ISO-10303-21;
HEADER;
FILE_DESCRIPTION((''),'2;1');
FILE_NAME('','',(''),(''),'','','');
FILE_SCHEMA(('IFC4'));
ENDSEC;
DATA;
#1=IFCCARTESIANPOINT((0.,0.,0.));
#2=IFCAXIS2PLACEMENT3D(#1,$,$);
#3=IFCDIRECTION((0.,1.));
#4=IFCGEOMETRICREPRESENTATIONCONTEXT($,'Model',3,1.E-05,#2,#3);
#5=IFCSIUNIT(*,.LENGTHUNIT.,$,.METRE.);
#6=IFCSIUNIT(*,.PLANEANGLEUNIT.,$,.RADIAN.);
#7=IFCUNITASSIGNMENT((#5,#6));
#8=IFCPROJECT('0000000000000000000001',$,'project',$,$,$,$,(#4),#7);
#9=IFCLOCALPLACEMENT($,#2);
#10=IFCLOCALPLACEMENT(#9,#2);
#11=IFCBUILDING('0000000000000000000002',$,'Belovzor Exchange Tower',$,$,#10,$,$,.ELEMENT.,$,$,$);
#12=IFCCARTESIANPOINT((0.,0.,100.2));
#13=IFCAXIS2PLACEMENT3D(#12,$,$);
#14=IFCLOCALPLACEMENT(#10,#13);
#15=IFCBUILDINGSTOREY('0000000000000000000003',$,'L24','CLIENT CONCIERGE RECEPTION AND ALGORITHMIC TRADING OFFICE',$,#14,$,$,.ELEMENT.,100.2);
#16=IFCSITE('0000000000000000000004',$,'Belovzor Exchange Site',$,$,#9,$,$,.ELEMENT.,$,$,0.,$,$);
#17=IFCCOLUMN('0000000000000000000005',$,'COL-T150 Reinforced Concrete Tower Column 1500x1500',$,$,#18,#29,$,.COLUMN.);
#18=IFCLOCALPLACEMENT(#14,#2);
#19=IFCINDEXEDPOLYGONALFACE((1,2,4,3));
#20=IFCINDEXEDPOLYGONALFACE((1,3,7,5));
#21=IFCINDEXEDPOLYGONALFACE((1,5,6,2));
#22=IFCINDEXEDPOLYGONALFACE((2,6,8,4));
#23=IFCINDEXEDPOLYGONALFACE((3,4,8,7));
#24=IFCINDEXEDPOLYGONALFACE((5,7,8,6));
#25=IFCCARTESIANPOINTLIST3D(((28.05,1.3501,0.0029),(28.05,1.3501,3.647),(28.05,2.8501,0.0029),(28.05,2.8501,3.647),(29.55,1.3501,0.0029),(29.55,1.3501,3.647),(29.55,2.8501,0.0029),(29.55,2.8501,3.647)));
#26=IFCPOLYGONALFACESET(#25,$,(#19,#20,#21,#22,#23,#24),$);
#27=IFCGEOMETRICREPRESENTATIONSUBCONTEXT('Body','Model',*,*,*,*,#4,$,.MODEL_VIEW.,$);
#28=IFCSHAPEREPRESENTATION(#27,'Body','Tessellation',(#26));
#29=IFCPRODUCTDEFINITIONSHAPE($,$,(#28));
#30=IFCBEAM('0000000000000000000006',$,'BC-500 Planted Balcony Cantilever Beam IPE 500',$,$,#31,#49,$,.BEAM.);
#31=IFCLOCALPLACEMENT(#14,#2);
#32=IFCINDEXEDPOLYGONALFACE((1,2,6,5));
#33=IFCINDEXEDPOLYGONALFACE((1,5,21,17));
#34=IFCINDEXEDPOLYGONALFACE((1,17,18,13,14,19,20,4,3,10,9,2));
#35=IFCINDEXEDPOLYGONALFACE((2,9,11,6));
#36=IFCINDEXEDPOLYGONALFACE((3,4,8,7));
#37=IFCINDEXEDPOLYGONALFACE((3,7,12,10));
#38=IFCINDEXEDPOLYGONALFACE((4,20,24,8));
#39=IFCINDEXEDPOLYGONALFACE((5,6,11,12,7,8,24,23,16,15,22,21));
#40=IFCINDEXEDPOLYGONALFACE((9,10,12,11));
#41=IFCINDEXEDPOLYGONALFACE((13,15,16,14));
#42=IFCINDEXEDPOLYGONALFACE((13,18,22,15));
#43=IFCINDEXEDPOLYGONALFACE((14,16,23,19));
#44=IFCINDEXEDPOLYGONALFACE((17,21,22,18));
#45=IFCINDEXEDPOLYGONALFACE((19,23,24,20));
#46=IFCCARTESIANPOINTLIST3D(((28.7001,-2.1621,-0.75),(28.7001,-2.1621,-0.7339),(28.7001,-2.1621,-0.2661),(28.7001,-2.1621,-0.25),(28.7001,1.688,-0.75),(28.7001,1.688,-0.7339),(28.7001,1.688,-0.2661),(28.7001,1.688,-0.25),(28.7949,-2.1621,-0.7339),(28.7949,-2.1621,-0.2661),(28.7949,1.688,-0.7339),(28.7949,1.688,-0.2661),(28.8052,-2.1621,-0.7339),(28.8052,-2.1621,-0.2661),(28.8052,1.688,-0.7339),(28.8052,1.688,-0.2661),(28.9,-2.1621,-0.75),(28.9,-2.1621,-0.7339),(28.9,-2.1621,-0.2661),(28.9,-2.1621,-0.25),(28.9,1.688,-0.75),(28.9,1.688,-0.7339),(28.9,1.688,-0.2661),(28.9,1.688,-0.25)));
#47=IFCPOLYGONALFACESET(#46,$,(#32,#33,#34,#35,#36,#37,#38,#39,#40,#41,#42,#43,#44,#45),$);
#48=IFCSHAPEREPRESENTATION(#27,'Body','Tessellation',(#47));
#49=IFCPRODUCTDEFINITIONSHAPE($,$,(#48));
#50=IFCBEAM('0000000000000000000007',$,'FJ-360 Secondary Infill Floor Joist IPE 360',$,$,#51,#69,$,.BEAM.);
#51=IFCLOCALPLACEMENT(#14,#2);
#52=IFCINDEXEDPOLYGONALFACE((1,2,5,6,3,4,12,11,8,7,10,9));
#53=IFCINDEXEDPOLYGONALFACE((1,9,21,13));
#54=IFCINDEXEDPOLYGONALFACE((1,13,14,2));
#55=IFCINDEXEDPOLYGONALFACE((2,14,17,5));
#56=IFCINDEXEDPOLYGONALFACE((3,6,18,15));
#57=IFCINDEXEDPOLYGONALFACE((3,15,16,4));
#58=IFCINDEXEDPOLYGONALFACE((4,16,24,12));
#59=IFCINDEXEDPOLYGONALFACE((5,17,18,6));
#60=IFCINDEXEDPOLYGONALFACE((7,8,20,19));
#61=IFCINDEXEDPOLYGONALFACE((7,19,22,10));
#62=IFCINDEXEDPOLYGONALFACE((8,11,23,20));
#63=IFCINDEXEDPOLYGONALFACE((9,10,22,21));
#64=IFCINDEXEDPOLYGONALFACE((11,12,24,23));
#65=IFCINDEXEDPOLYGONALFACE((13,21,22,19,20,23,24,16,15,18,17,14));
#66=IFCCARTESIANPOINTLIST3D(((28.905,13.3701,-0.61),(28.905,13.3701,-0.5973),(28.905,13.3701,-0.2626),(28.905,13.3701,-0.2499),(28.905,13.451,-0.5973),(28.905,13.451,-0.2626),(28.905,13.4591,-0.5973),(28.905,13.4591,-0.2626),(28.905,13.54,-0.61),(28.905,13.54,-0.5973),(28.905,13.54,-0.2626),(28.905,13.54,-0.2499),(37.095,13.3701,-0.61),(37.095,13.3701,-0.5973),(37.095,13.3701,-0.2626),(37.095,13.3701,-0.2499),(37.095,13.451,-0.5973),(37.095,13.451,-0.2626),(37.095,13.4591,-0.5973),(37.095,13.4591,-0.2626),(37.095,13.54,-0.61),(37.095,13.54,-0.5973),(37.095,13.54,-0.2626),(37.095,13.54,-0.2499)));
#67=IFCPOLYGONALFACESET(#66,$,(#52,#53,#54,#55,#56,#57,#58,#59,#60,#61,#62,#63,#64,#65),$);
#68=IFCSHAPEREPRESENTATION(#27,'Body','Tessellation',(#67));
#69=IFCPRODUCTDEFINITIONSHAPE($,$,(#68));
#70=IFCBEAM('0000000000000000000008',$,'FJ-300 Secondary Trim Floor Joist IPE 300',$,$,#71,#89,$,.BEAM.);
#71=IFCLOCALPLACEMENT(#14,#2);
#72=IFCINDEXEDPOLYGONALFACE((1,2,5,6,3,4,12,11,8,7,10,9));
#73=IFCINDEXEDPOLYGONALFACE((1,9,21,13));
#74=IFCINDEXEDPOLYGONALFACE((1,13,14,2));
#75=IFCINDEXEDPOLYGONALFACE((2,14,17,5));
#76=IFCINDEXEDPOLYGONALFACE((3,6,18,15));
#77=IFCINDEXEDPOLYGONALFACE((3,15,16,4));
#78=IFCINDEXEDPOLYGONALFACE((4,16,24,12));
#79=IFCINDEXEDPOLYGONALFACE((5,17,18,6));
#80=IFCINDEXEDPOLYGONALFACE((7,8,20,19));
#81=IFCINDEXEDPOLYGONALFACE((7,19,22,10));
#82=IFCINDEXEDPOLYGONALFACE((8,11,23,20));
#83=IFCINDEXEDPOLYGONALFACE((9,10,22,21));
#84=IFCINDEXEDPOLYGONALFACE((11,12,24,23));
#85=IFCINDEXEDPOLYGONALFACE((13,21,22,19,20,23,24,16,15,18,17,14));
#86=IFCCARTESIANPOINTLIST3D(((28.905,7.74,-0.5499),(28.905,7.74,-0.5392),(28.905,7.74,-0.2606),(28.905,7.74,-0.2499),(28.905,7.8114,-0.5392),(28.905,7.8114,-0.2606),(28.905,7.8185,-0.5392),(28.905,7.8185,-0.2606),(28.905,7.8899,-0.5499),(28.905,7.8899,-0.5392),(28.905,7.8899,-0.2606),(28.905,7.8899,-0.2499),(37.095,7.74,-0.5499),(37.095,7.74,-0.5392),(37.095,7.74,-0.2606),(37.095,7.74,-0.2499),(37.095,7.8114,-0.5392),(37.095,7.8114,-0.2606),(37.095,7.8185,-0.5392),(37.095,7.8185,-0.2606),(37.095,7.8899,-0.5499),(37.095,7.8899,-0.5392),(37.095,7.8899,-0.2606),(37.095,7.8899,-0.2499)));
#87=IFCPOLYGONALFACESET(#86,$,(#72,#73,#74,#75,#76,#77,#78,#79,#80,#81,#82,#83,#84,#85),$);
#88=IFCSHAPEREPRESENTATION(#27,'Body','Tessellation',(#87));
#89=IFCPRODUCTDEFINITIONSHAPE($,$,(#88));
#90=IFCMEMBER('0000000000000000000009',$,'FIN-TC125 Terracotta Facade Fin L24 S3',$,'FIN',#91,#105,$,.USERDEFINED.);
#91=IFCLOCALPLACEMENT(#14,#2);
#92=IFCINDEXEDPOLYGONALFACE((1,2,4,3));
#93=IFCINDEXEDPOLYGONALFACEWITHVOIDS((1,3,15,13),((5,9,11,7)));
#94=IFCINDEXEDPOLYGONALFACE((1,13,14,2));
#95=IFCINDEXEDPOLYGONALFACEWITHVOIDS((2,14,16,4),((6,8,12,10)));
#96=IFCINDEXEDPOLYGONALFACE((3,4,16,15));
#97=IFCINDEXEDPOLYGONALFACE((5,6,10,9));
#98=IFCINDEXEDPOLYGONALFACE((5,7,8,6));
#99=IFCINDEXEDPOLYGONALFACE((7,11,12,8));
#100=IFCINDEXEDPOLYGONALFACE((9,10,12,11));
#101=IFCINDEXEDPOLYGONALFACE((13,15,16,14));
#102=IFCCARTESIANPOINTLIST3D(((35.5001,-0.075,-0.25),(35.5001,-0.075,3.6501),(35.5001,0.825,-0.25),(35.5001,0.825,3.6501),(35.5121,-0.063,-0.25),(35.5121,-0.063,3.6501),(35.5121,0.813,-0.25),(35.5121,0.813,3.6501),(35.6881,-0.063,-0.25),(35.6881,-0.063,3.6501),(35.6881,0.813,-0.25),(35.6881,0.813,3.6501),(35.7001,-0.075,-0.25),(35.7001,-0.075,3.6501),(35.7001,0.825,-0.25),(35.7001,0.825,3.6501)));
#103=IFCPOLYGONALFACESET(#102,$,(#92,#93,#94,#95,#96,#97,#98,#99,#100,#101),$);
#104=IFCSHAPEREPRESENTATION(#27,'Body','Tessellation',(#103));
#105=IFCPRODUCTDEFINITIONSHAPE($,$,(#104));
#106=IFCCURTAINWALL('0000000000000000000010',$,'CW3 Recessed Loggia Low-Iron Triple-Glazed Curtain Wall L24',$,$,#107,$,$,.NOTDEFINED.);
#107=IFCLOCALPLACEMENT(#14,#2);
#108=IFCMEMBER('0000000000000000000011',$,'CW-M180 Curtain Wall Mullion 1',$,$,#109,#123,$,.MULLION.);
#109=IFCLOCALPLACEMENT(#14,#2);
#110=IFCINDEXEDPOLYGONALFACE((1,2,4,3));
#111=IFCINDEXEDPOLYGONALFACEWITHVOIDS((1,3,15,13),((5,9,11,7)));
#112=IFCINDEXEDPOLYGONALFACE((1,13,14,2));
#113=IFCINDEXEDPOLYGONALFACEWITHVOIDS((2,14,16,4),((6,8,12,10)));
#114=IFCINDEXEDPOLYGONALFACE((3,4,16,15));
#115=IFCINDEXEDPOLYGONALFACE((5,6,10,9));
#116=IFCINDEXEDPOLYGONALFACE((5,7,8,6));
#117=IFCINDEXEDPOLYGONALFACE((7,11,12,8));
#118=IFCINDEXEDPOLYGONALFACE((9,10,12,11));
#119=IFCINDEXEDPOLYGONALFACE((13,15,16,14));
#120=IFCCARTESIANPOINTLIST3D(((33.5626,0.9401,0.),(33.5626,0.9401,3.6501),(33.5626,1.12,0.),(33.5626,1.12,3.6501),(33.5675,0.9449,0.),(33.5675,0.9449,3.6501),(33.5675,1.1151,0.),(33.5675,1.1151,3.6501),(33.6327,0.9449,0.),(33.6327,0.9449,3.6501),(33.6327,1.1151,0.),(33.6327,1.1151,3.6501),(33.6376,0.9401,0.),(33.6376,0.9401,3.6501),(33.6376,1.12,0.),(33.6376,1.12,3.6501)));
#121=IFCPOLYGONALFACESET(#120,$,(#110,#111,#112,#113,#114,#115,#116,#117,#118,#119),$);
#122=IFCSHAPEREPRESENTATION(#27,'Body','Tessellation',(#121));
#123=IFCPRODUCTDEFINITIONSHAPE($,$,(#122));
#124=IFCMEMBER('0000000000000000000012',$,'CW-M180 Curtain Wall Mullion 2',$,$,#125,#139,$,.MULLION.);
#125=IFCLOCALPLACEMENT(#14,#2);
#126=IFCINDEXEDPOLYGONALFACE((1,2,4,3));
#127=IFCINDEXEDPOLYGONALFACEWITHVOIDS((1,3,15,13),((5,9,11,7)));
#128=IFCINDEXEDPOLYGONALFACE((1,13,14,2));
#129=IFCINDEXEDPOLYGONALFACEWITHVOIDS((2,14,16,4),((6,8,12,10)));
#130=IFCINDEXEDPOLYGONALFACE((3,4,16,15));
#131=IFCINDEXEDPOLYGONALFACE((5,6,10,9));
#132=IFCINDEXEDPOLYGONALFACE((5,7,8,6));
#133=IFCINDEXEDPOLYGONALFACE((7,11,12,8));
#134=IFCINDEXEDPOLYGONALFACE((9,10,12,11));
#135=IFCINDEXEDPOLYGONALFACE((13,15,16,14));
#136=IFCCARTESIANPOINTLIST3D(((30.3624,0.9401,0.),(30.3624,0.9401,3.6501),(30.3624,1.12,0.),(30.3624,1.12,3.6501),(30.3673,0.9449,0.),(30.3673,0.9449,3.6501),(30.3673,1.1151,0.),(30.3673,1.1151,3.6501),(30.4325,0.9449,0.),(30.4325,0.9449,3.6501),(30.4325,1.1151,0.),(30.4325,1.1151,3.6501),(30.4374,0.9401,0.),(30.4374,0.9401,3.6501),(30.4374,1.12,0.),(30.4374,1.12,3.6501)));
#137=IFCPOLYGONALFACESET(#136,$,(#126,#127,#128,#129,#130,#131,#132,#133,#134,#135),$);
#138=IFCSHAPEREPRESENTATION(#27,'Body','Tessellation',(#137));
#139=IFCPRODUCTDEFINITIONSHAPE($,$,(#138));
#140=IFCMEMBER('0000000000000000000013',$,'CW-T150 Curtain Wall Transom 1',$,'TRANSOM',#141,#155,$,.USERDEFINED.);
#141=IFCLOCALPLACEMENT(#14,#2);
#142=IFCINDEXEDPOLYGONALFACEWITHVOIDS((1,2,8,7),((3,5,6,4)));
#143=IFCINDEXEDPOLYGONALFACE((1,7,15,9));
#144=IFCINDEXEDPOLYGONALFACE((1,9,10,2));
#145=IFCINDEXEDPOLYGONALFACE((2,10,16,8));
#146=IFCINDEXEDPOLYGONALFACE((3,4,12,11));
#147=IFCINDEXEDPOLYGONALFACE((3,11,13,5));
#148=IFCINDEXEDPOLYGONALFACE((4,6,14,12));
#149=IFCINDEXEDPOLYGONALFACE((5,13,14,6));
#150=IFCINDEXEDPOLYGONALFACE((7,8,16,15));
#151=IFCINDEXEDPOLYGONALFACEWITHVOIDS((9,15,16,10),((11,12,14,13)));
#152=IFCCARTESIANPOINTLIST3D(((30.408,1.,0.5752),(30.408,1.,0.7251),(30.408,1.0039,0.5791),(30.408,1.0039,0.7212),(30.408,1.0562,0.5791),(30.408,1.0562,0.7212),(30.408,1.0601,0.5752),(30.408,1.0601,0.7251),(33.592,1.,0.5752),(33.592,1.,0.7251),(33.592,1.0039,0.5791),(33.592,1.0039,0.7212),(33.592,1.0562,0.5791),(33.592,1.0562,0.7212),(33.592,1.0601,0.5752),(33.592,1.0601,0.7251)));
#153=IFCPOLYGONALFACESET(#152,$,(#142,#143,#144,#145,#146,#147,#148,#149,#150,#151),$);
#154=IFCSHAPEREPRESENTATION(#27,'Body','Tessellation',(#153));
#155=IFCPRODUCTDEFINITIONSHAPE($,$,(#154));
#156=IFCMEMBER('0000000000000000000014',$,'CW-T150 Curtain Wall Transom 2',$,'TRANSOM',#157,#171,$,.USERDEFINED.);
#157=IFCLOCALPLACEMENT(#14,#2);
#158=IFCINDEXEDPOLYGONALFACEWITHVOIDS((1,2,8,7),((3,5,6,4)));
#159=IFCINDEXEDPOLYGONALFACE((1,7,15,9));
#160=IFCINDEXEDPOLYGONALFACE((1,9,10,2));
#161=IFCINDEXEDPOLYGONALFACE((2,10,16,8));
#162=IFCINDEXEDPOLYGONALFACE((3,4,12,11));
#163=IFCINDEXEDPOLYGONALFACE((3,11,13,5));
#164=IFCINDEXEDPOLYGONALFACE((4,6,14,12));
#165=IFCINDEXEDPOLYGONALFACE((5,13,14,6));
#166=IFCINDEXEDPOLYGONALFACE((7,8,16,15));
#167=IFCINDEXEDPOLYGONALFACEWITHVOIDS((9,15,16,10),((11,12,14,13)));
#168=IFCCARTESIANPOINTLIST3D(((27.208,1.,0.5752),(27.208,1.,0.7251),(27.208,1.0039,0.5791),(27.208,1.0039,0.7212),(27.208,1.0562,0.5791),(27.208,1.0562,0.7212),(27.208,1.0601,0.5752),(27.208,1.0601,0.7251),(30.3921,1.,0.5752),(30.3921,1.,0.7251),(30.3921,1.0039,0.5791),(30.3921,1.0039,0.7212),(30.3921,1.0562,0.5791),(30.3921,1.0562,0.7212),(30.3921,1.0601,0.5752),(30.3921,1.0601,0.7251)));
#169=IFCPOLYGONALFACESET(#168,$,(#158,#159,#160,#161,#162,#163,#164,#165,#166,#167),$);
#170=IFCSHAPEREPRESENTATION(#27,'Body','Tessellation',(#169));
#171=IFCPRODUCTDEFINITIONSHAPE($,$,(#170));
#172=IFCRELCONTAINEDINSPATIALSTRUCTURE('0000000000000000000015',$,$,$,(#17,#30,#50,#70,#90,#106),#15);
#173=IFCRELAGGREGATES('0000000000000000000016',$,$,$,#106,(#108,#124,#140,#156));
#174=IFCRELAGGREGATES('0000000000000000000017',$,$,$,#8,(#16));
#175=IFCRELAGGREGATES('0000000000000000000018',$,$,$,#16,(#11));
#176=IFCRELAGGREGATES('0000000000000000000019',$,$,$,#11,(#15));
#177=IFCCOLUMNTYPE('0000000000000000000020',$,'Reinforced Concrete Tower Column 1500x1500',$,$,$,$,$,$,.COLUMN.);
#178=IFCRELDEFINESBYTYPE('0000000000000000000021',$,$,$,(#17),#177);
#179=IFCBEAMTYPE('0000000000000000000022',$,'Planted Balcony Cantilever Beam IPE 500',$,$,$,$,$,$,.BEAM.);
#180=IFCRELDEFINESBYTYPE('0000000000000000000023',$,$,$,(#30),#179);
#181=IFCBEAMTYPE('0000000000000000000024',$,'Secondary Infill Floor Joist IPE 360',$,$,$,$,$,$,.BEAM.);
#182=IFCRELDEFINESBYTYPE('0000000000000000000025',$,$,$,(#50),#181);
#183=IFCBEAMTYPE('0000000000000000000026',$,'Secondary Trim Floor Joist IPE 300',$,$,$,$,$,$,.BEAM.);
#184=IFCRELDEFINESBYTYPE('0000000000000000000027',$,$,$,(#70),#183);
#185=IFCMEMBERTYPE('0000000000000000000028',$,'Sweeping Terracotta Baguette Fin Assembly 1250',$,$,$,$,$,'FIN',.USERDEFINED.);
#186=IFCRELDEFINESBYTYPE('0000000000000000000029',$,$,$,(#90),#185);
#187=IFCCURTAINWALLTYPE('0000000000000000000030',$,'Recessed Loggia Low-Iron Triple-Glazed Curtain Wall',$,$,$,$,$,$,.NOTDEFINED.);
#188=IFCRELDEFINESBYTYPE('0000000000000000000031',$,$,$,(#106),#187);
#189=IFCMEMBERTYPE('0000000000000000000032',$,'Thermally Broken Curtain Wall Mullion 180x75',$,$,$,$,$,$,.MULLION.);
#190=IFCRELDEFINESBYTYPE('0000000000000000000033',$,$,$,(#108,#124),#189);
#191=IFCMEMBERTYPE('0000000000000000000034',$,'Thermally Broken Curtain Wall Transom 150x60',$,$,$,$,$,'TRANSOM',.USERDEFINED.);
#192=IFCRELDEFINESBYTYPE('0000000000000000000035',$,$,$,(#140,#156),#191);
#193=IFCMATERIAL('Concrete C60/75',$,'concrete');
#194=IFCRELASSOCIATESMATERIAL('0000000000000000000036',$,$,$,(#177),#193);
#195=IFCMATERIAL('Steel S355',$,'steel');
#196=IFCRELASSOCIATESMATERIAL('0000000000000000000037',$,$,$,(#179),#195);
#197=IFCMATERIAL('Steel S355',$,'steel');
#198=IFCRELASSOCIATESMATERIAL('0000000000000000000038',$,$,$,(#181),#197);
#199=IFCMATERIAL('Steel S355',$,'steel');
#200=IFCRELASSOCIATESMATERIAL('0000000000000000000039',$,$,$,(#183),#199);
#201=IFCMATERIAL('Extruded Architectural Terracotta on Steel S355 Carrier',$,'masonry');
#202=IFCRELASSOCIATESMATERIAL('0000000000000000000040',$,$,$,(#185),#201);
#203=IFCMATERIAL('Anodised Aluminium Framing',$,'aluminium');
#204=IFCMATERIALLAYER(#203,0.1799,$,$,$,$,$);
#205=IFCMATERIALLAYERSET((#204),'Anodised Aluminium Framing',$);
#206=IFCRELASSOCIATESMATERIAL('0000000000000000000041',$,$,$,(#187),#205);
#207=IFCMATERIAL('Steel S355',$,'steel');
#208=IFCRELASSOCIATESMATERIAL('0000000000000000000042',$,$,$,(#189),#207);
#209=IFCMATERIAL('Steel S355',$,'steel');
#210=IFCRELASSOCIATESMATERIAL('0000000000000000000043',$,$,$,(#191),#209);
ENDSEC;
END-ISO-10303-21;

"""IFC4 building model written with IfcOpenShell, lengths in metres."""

from ifc_helpers import new_model, si_unit, direction, frame, origin, origin_2d, place, context, subcontext, project, spatial, rectangle, hollow_rectangle, i_section, extrude, material, layer, layer_set, material_profile, profile_set, type_object, element, aggregate, save


model = new_model("IFC4")

# Units and contexts
model_context = context("Model", 3, precision=1e-05, world=origin(), true_north=direction((0.0, 1.0)))
body_context = subcontext(model_context, "Body", "Model", "MODEL_VIEW")
ifc_project = project(units=[si_unit("LENGTHUNIT", "METRE"), si_unit("PLANEANGLEUNIT", "RADIAN")], contexts=[model_context])

# Site, building, storey
site_placement = place(None, origin())
site = spatial("IfcSite", under=ifc_project, at=site_placement, Name="Belovzor Exchange Site", CompositionType="ELEMENT", RefElevation=0.0)
building_placement = place(site_placement, origin())
building = spatial("IfcBuilding", under=site, at=building_placement, Name="Belovzor Exchange Tower", CompositionType="ELEMENT")
storey_placement = place(building_placement, frame((0.0, 0.0, 100.2)))
storey = spatial("IfcBuildingStorey", under=building, at=storey_placement, Name="L24", Description="CLIENT CONCIERGE RECEPTION AND ALGORITHMIC TRADING OFFICE", CompositionType="ELEMENT", Elevation=100.2)

# Column
ifc_material_1 = material(Name="Concrete C60/75", Category="concrete")
ifc_material_profile_1 = material_profile(ifc_material_1, rectangle(XDim=1.5, YDim=1.5, at=origin_2d()))
ifc_profile_set_1 = profile_set([ifc_material_profile_1], Name="Concrete C60/75")
column_type = type_object("IfcColumnType", Name="Reinforced Concrete Tower Column 1500x1500", PredefinedType="COLUMN", material=ifc_profile_set_1)
column_placement = place(storey_placement, frame((28.8, 2.1001, 0.0029), z_axis=(0.0, 0.0, 1.0), x_axis=(1.0, 0.0, 0.0)))
element("IfcColumn", 1, at=column_placement, inside=storey, type_object=column_type, Name="COL-T150 Reinforced Concrete Tower Column 1500x1500", PredefinedType="COLUMN", context=body_context, shape_type="SweptSolid", body=[
    extrude(rectangle(XDim=1.5, YDim=1.5, at=origin_2d()), origin(), (0.0, 0.0, 1.0), 3.644),
])

# Beams
ifc_material_2 = material(Name="Steel S355", Category="steel")
ifc_material_profile_2 = material_profile(ifc_material_2, i_section(OverallWidth=0.2, OverallDepth=0.5, WebThickness=0.0103, FlangeThickness=0.0161, at=origin_2d()))
ifc_profile_set_2 = profile_set([ifc_material_profile_2], Name="Steel S355")
beam_type_1 = type_object("IfcBeamType", Name="Planted Balcony Cantilever Beam IPE 500", PredefinedType="BEAM", material=ifc_profile_set_2)
beam_1_placement = place(storey_placement, frame((28.8, 1.688, -0.5), z_axis=(0.0, -1.0, 0.0), x_axis=(1.0, 0.0, 0.0)))
element("IfcBeam", 2, at=beam_1_placement, inside=storey, type_object=beam_type_1, Name="BC-500 Planted Balcony Cantilever Beam IPE 500", PredefinedType="BEAM", context=body_context, shape_type="SweptSolid", body=[
    extrude(i_section(OverallWidth=0.2, OverallDepth=0.5, WebThickness=0.0103, FlangeThickness=0.0161, at=origin_2d()), origin(), (0.0, 0.0, 1.0), 3.8501),
])
ifc_material_3 = material(Name="Steel S355", Category="steel")
ifc_material_profile_3 = material_profile(ifc_material_3, i_section(OverallWidth=0.1699, OverallDepth=0.3601, WebThickness=0.0081, FlangeThickness=0.0127, at=origin_2d()))
ifc_profile_set_3 = profile_set([ifc_material_profile_3], Name="Steel S355")
beam_type_2 = type_object("IfcBeamType", Name="Secondary Infill Floor Joist IPE 360", PredefinedType="BEAM", material=ifc_profile_set_3)
beam_2_placement = place(storey_placement, frame((28.905, 13.4551, -0.4299), z_axis=(1.0, 0.0, 0.0), x_axis=(0.0, 1.0, 0.0)))
element("IfcBeam", 3, at=beam_2_placement, inside=storey, type_object=beam_type_2, Name="FJ-360 Secondary Infill Floor Joist IPE 360", PredefinedType="BEAM", context=body_context, shape_type="SweptSolid", body=[
    extrude(i_section(OverallWidth=0.1699, OverallDepth=0.3601, WebThickness=0.0081, FlangeThickness=0.0127, at=origin_2d()), origin(), (0.0, 0.0, 1.0), 8.1899),
])
ifc_material_4 = material(Name="Steel S355", Category="steel")
ifc_material_profile_4 = material_profile(ifc_material_4, i_section(OverallWidth=0.1499, OverallDepth=0.3, WebThickness=0.0071, FlangeThickness=0.0107, at=origin_2d()))
ifc_profile_set_4 = profile_set([ifc_material_profile_4], Name="Steel S355")
beam_type_3 = type_object("IfcBeamType", Name="Secondary Trim Floor Joist IPE 300", PredefinedType="BEAM", material=ifc_profile_set_4)
beam_3_placement = place(storey_placement, frame((28.905, 7.8149, -0.3999), z_axis=(1.0, 0.0, 0.0), x_axis=(0.0, 1.0, 0.0)))
element("IfcBeam", 4, at=beam_3_placement, inside=storey, type_object=beam_type_3, Name="FJ-300 Secondary Trim Floor Joist IPE 300", PredefinedType="BEAM", context=body_context, shape_type="SweptSolid", body=[
    extrude(i_section(OverallWidth=0.1499, OverallDepth=0.3, WebThickness=0.0071, FlangeThickness=0.0107, at=origin_2d()), origin(), (0.0, 0.0, 1.0), 8.1899),
])

# Member
ifc_material_5 = material(Name="Extruded Architectural Terracotta on Steel S355 Carrier", Category="masonry")
ifc_material_profile_5 = material_profile(ifc_material_5, hollow_rectangle(XDim=0.2, YDim=0.8999, WallThickness=0.012, at=origin_2d()))
ifc_profile_set_5 = profile_set([ifc_material_profile_5], Name="Extruded Architectural Terracotta on Steel S355 Carrier")
member_type_1 = type_object("IfcMemberType", Name="Sweeping Terracotta Baguette Fin Assembly 1250", ElementType="FIN", PredefinedType="USERDEFINED", material=ifc_profile_set_5)
member_1_placement = place(storey_placement, frame((35.6001, 0.375, -0.25), z_axis=(0.0, 0.0, 1.0), x_axis=(1.0, 0.0, 0.0)))
element("IfcMember", 5, at=member_1_placement, inside=storey, type_object=member_type_1, Name="FIN-TC125 Terracotta Facade Fin L24 S3", ObjectType="FIN", PredefinedType="USERDEFINED", context=body_context, shape_type="SweptSolid", body=[
    extrude(hollow_rectangle(XDim=0.2, YDim=0.8999, WallThickness=0.012, at=origin_2d()), origin(), (0.0, 0.0, 1.0), 3.9001),
])

# Curtain wall, members
ifc_material_6 = material(Name="Anodised Aluminium Framing", Category="aluminium")
ifc_layer_1 = layer(ifc_material_6, 0.1799)
ifc_layer_set_1 = layer_set([ifc_layer_1], Name="Anodised Aluminium Framing")
curtain_wall_type = type_object("IfcCurtainWallType", Name="Recessed Loggia Low-Iron Triple-Glazed Curtain Wall", PredefinedType="NOTDEFINED", material=ifc_layer_set_1)
curtain_wall_placement = place(storey_placement, origin())
curtain_wall = element("IfcCurtainWall", 6, at=curtain_wall_placement, inside=storey, type_object=curtain_wall_type, Name="CW3 Recessed Loggia Low-Iron Triple-Glazed Curtain Wall L24", PredefinedType="NOTDEFINED")
ifc_material_7 = material(Name="Steel S355", Category="steel")
ifc_material_profile_6 = material_profile(ifc_material_7, hollow_rectangle(XDim=0.075, YDim=0.1799, WallThickness=0.0049, at=origin_2d()))
ifc_profile_set_6 = profile_set([ifc_material_profile_6], Name="Steel S355")
member_type_2 = type_object("IfcMemberType", Name="Thermally Broken Curtain Wall Mullion 180x75", PredefinedType="MULLION", material=ifc_profile_set_6)
member_2_placement = place(storey_placement, frame((33.6001, 1.03, 0.0), z_axis=(0.0, 0.0, 1.0), x_axis=(-1.0, 0.0, 0.0)))
member_2 = element("IfcMember", 7, at=member_2_placement, type_object=member_type_2, Name="CW-M180 Curtain Wall Mullion 1", PredefinedType="MULLION", context=body_context, shape_type="SweptSolid", body=[
    extrude(hollow_rectangle(XDim=0.075, YDim=0.1799, WallThickness=0.0049, at=origin_2d()), origin(), (0.0, 0.0, 1.0), 3.6501),
])
member_3_placement = place(storey_placement, frame((30.3999, 1.03, 0.0), z_axis=(0.0, 0.0, 1.0), x_axis=(-1.0, 0.0, 0.0)))
member_3 = element("IfcMember", 8, at=member_3_placement, type_object=member_type_2, Name="CW-M180 Curtain Wall Mullion 2", PredefinedType="MULLION", context=body_context, shape_type="SweptSolid", body=[
    extrude(hollow_rectangle(XDim=0.075, YDim=0.1799, WallThickness=0.0049, at=origin_2d()), origin(), (0.0, 0.0, 1.0), 3.6501),
])
ifc_material_8 = material(Name="Steel S355", Category="steel")
ifc_material_profile_7 = material_profile(ifc_material_8, hollow_rectangle(XDim=0.0601, YDim=0.1499, WallThickness=0.0039, at=origin_2d()))
ifc_profile_set_7 = profile_set([ifc_material_profile_7], Name="Steel S355")
member_type_3 = type_object("IfcMemberType", Name="Thermally Broken Curtain Wall Transom 150x60", ElementType="TRANSOM", PredefinedType="USERDEFINED", material=ifc_profile_set_7)
member_4_placement = place(storey_placement, frame((33.592, 1.03, 0.6501), z_axis=(-1.0, 0.0, 0.0), x_axis=(0.0, -1.0, 0.0)))
member_4 = element("IfcMember", 9, at=member_4_placement, type_object=member_type_3, Name="CW-T150 Curtain Wall Transom 1", ObjectType="TRANSOM", PredefinedType="USERDEFINED", context=body_context, shape_type="SweptSolid", body=[
    extrude(hollow_rectangle(XDim=0.0601, YDim=0.1499, WallThickness=0.0039, at=origin_2d()), origin(), (0.0, 0.0, 1.0), 3.1841),
])
member_5_placement = place(storey_placement, frame((30.3921, 1.03, 0.6501), z_axis=(-1.0, 0.0, 0.0), x_axis=(0.0, -1.0, 0.0)))
member_5 = element("IfcMember", 10, at=member_5_placement, type_object=member_type_3, Name="CW-T150 Curtain Wall Transom 2", ObjectType="TRANSOM", PredefinedType="USERDEFINED", context=body_context, shape_type="SweptSolid", body=[
    extrude(hollow_rectangle(XDim=0.0601, YDim=0.1499, WallThickness=0.0039, at=origin_2d()), origin(), (0.0, 0.0, 1.0), 3.1841),
])

aggregate(curtain_wall, [member_2, member_3, member_4, member_5])

save(model, "model.ifc")
